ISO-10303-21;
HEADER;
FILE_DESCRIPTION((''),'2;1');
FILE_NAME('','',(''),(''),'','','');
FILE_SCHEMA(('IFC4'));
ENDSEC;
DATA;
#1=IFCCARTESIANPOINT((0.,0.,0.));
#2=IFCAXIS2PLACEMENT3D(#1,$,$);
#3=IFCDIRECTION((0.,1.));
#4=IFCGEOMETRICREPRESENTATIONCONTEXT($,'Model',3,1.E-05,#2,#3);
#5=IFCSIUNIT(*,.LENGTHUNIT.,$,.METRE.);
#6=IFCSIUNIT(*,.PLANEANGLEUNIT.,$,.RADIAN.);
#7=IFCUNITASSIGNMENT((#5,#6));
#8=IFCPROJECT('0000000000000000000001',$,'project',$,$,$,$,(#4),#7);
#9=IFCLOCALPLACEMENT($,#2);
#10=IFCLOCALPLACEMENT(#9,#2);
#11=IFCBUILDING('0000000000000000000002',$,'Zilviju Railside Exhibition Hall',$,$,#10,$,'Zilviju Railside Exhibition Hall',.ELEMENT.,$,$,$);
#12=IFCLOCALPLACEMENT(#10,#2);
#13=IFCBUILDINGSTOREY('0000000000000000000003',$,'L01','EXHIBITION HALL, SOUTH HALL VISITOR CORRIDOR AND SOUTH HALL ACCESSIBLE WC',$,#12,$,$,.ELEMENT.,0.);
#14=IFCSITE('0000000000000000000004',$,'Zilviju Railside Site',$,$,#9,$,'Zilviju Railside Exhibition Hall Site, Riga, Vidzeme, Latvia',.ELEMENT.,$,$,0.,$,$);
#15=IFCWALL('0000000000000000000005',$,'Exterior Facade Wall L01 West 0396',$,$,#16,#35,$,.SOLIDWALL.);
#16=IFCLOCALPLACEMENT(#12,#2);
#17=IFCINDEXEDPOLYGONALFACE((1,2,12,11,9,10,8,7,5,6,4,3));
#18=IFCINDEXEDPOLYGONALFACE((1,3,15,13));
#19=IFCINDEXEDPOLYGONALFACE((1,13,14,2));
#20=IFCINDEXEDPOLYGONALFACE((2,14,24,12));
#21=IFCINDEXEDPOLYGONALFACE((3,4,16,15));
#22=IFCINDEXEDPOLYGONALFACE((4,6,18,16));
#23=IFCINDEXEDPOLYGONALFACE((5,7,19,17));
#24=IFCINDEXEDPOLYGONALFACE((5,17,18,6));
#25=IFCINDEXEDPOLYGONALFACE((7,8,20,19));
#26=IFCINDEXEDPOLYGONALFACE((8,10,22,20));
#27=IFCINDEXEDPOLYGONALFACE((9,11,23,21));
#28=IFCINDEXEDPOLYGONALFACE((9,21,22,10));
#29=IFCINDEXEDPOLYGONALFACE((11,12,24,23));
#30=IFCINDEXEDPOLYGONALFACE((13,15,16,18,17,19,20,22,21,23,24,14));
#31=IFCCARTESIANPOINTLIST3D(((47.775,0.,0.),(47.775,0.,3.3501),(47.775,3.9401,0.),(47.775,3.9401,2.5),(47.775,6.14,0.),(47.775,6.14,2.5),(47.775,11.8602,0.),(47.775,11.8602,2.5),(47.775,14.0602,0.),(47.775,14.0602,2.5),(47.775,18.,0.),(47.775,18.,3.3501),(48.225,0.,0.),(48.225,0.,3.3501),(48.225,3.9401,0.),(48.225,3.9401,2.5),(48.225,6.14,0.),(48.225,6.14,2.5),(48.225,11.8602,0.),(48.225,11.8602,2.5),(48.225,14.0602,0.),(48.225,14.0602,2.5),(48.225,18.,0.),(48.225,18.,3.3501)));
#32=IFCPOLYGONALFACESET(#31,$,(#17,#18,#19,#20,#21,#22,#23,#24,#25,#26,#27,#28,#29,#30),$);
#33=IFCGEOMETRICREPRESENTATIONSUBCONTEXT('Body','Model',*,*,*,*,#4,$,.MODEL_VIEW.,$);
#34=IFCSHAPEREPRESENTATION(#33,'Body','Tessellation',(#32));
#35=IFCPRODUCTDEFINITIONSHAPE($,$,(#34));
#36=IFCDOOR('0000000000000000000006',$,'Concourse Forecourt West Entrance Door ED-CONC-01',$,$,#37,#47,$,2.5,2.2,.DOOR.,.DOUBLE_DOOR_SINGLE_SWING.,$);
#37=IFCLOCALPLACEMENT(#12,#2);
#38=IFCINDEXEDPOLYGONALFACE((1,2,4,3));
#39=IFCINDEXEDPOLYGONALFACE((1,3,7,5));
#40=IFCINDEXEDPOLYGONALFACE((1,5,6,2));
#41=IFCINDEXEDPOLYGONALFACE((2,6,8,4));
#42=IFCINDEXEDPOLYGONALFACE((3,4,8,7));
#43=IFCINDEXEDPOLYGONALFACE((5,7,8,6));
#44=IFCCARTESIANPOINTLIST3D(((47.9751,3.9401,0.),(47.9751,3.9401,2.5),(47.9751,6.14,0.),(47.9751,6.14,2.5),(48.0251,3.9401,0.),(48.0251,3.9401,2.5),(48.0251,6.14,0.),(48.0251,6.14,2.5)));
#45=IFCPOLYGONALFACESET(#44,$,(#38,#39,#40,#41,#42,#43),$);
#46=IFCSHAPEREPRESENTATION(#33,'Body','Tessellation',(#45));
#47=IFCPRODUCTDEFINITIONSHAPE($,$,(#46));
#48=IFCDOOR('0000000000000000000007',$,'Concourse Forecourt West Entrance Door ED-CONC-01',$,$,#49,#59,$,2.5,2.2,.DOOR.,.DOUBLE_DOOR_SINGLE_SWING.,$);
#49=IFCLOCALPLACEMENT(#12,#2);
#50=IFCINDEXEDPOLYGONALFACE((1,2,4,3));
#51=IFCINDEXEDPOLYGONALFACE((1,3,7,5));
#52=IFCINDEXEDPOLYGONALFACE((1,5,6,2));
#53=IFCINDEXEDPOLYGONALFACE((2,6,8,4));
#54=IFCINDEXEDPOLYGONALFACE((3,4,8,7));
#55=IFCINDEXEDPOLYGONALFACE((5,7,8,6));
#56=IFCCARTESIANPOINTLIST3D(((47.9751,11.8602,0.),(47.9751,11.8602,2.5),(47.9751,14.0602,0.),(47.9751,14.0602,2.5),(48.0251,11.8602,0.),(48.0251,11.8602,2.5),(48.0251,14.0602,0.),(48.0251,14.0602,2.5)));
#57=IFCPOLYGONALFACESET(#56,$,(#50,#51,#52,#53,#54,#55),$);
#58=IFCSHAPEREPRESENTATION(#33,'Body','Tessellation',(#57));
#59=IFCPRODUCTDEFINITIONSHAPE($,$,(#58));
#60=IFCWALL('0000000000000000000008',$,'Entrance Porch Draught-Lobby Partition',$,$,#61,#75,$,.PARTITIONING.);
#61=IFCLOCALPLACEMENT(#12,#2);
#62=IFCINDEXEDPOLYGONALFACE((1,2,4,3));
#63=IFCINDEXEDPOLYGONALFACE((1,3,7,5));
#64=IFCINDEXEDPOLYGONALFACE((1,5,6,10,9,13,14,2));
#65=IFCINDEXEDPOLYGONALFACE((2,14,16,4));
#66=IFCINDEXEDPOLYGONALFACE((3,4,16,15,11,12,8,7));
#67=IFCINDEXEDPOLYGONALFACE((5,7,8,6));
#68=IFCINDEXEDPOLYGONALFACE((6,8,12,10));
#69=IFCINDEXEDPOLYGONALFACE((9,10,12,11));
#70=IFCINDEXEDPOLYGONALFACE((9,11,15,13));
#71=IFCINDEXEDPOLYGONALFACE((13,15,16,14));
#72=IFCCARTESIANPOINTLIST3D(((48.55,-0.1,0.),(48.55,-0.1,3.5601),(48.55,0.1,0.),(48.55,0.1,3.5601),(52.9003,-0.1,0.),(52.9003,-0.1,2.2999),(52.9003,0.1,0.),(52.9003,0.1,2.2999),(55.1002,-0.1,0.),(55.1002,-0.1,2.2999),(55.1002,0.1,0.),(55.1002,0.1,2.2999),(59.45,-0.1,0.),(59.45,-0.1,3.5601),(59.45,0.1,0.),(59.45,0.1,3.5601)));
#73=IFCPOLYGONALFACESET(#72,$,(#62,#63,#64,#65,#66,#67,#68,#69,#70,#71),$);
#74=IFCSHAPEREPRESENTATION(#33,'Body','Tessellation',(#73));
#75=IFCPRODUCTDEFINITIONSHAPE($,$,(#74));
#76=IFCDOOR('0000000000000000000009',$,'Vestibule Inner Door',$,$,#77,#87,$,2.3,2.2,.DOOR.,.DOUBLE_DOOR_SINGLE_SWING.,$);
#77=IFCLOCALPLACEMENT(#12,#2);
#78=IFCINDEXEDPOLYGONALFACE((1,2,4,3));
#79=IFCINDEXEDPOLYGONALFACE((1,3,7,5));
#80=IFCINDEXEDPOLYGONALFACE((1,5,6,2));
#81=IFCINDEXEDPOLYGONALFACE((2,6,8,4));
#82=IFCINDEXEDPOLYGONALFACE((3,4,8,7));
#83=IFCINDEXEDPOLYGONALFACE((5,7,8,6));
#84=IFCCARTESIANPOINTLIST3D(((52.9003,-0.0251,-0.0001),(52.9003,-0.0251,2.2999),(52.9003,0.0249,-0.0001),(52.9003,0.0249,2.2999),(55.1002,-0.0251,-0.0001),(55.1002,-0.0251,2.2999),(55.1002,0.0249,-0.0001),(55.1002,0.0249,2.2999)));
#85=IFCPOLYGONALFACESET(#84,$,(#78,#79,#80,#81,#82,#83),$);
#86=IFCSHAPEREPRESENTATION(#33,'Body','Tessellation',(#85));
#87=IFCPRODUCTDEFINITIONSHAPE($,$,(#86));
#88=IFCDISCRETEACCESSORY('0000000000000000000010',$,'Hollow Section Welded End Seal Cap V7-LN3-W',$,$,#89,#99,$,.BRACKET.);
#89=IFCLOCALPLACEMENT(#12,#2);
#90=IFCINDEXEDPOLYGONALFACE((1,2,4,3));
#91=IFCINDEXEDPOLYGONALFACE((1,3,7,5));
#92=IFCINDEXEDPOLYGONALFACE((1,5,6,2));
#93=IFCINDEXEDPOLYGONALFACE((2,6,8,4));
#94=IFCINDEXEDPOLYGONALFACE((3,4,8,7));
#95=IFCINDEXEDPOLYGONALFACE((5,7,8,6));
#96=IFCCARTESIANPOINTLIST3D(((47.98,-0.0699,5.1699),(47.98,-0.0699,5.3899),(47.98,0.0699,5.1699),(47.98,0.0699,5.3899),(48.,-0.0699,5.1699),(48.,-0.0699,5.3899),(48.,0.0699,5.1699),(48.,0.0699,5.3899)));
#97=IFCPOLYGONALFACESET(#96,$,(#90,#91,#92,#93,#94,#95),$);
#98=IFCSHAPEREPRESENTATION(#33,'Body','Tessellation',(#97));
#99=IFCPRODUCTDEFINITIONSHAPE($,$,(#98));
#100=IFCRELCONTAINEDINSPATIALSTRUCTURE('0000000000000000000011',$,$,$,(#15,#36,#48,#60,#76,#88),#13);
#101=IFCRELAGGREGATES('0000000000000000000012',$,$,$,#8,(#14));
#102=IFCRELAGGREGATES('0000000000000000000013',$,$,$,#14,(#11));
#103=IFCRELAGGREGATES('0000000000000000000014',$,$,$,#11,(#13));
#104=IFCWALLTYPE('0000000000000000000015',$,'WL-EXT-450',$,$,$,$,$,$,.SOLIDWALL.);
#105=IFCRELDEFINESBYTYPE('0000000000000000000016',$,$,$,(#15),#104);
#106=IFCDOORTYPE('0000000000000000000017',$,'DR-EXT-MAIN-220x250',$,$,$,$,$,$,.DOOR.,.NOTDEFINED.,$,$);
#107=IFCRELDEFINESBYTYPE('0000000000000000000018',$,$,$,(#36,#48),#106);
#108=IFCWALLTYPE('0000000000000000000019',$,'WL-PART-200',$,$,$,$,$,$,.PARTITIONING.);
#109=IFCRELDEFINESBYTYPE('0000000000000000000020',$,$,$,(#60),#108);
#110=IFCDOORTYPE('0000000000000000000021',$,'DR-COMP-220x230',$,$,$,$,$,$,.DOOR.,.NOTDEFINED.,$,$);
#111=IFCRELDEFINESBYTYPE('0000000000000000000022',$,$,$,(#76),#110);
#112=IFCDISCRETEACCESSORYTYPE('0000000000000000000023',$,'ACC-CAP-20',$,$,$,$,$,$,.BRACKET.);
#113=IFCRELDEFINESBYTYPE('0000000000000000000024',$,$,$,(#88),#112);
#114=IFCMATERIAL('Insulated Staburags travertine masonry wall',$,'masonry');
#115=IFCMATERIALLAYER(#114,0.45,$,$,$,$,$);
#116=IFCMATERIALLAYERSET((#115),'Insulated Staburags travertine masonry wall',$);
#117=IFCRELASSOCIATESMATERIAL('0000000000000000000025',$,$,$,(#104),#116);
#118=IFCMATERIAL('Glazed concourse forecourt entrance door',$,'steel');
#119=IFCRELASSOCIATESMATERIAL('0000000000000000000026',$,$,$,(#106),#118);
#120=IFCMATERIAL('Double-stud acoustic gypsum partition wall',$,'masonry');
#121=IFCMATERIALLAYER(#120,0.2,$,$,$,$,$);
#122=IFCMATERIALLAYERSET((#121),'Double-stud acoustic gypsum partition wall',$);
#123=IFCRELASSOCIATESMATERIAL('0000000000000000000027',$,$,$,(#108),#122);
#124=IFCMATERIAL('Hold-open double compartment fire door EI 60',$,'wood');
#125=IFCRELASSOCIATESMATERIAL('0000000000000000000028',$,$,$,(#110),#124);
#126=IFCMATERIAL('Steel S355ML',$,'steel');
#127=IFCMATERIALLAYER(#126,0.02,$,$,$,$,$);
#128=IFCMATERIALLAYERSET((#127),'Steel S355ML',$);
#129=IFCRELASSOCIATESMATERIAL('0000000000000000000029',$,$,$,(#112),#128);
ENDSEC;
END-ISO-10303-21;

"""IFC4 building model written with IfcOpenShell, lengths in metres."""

from ifc_helpers import new_model, si_unit, direction, frame, frame_2d, origin, origin_2d, place, context, subcontext, project, spatial, rectangle, extrude, material, layer, layer_set, type_object, element, fill, save


model = new_model("IFC4")

# Units and contexts
model_context = context("Model", 3, precision=1e-05, world=origin(), true_north=direction((0.0, 1.0)))
body_context = subcontext(model_context, "Body", "Model", "MODEL_VIEW")
ifc_project = project(units=[si_unit("LENGTHUNIT", "METRE"), si_unit("PLANEANGLEUNIT", "RADIAN")], contexts=[model_context])

# Site, building, storey
site_placement = place(None, origin())
site = spatial("IfcSite", under=ifc_project, at=site_placement, Name="Zilviju Railside Site", LongName="Zilviju Railside Exhibition Hall Site, Riga, Vidzeme, Latvia", CompositionType="ELEMENT", RefElevation=0.0)
building_placement = place(site_placement, origin())
building = spatial("IfcBuilding", under=site, at=building_placement, Name="Zilviju Railside Exhibition Hall", LongName="Zilviju Railside Exhibition Hall", CompositionType="ELEMENT")
storey_placement = place(building_placement, origin())
storey = spatial("IfcBuildingStorey", under=building, at=storey_placement, Name="L01", Description="EXHIBITION HALL, SOUTH HALL VISITOR CORRIDOR AND SOUTH HALL ACCESSIBLE WC", CompositionType="ELEMENT", Elevation=0.0)

# Shared definitions
ifc_material_1 = material(Name="Steel S355ML", Category="steel")

# Wall, openings, doors
ifc_material_2 = material(Name="Insulated Staburags travertine masonry wall", Category="masonry")
ifc_layer_1 = layer(ifc_material_2, 0.45)
ifc_layer_set_1 = layer_set([ifc_layer_1], Name="Insulated Staburags travertine masonry wall")
wall_type_1 = type_object("IfcWallType", Name="WL-EXT-450", PredefinedType="SOLIDWALL", material=ifc_layer_set_1)
wall_1_placement = place(storey_placement, frame((48.0, 0.0, 0.0), z_axis=(0.0, 0.0, 1.0), x_axis=(0.0, 1.0, 0.0)))
wall_1 = element("IfcWall", 1, at=wall_1_placement, inside=storey, type_object=wall_type_1, Name="Exterior Facade Wall L01 West 0396", PredefinedType="SOLIDWALL", context=body_context, shape_type="SweptSolid", body=[
    extrude(rectangle(XDim=18.0, YDim=0.45, at=frame_2d((9.0, 0.0))), origin(), (0.0, 0.0, 1.0), 3.3501),
])
opening_1_placement = place(wall_1_placement, frame((3.9399, 0.0, 0.0)))
opening_1 = element("IfcOpeningElement", 2, at=opening_1_placement, cuts=wall_1, PredefinedType="OPENING", context=body_context, shape_type="SweptSolid", body=[
    extrude(rectangle(XDim=2.2, YDim=2.5, at=frame_2d((1.1001, 1.25))), frame((0.0, 0.2349, 0.0), z_axis=(0.0, -1.0, 0.0), x_axis=(1.0, 0.0, 0.0)), (0.0, 0.0, 1.0), 0.47),
])
opening_2_placement = place(wall_1_placement, frame((11.8601, 0.0, 0.0)))
opening_2 = element("IfcOpeningElement", 3, at=opening_2_placement, cuts=wall_1, PredefinedType="OPENING", context=body_context, shape_type="SweptSolid", body=[
    extrude(rectangle(XDim=2.2, YDim=2.5, at=frame_2d((1.1001, 1.25))), frame((0.0, 0.2349, 0.0), z_axis=(0.0, -1.0, 0.0), x_axis=(1.0, 0.0, 0.0)), (0.0, 0.0, 1.0), 0.47),
])
ifc_material_3 = material(Name="Glazed concourse forecourt entrance door", Category="steel")
door_type_1 = type_object("IfcDoorType", Name="DR-EXT-MAIN-220x250", OperationType="NOTDEFINED", PredefinedType="DOOR", material=ifc_material_3)
door_1_placement = place(opening_1_placement, origin())
door_1 = element("IfcDoor", 4, at=door_1_placement, inside=storey, type_object=door_type_1, Name="Concourse Forecourt West Entrance Door ED-CONC-01", OperationType="DOUBLE_DOOR_SINGLE_SWING", OverallHeight=2.5, OverallWidth=2.2, PredefinedType="DOOR", context=body_context, shape_type="SweptSolid", body=[
    extrude(rectangle(XDim=2.2, YDim=2.5, at=frame_2d((1.1001, 1.25))), frame((0.0, 0.0249, 0.0), z_axis=(0.0, -1.0, 0.0), x_axis=(1.0, 0.0, 0.0)), (0.0, 0.0, 1.0), 0.05),
])
fill(opening_1, door_1)
door_2_placement = place(opening_2_placement, origin())
door_2 = element("IfcDoor", 5, at=door_2_placement, inside=storey, type_object=door_type_1, Name="Concourse Forecourt West Entrance Door ED-CONC-01", OperationType="DOUBLE_DOOR_SINGLE_SWING", OverallHeight=2.5, OverallWidth=2.2, PredefinedType="DOOR", context=body_context, shape_type="SweptSolid", body=[
    extrude(rectangle(XDim=2.2, YDim=2.5, at=frame_2d((1.1001, 1.25))), frame((0.0, 0.0249, 0.0), z_axis=(0.0, -1.0, 0.0), x_axis=(1.0, 0.0, 0.0)), (0.0, 0.0, 1.0), 0.05),
])
fill(opening_2, door_2)

# Wall, opening, door
ifc_material_4 = material(Name="Double-stud acoustic gypsum partition wall", Category="masonry")
ifc_layer_2 = layer(ifc_material_4, 0.2)
ifc_layer_set_2 = layer_set([ifc_layer_2], Name="Double-stud acoustic gypsum partition wall")
wall_type_2 = type_object("IfcWallType", Name="WL-PART-200", PredefinedType="PARTITIONING", material=ifc_layer_set_2)
wall_2_placement = place(storey_placement, frame((48.55, 0.0, 0.0), z_axis=(0.0, 0.0, 1.0), x_axis=(1.0, 0.0, 0.0)))
wall_2 = element("IfcWall", 6, at=wall_2_placement, inside=storey, type_object=wall_type_2, Name="Entrance Porch Draught-Lobby Partition", PredefinedType="PARTITIONING", context=body_context, shape_type="SweptSolid", body=[
    extrude(rectangle(XDim=10.8999, YDim=0.2, at=frame_2d((5.45, 0.0))), origin(), (0.0, 0.0, 1.0), 3.5601),
])
opening_3_placement = place(wall_2_placement, frame((4.3501, 0.0, 0.0)))
opening_3 = element("IfcOpeningElement", 7, at=opening_3_placement, cuts=wall_2, PredefinedType="OPENING", context=body_context, shape_type="SweptSolid", body=[
    extrude(rectangle(XDim=2.2, YDim=2.3, at=frame_2d((1.1001, 1.1499))), frame((0.0, 0.1099, 0.0), z_axis=(0.0, -1.0, 0.0), x_axis=(1.0, 0.0, 0.0)), (0.0, 0.0, 1.0), 0.22),
])
ifc_material_5 = material(Name="Hold-open double compartment fire door EI 60", Category="wood")
door_type_2 = type_object("IfcDoorType", Name="DR-COMP-220x230", OperationType="NOTDEFINED", PredefinedType="DOOR", material=ifc_material_5)
door_3_placement = place(opening_3_placement, origin())
door_3 = element("IfcDoor", 8, at=door_3_placement, inside=storey, type_object=door_type_2, Name="Vestibule Inner Door", OperationType="DOUBLE_DOOR_SINGLE_SWING", OverallHeight=2.3, OverallWidth=2.2, PredefinedType="DOOR", context=body_context, shape_type="SweptSolid", body=[
    extrude(rectangle(XDim=2.2, YDim=2.3, at=frame_2d((1.1001, 1.1499))), frame((0.0, 0.0249, 0.0), z_axis=(0.0, -1.0, 0.0), x_axis=(1.0, 0.0, 0.0)), (0.0, 0.0, 1.0), 0.05),
])
fill(opening_3, door_3)

# Discrete accessory
ifc_layer_3 = layer(ifc_material_1, 0.02)
ifc_layer_set_3 = layer_set([ifc_layer_3], Name="Steel S355ML")
discrete_accessory_type = type_object("IfcDiscreteAccessoryType", Name="ACC-CAP-20", PredefinedType="BRACKET", material=ifc_layer_set_3)
discrete_accessory_placement = place(storey_placement, frame((47.99, 0.0, 5.1699), z_axis=(0.0, 0.0, 1.0), x_axis=(1.0, 0.0, 0.0)))
element("IfcDiscreteAccessory", 9, at=discrete_accessory_placement, inside=storey, type_object=discrete_accessory_type, Name="Hollow Section Welded End Seal Cap V7-LN3-W", PredefinedType="BRACKET", context=body_context, shape_type="SweptSolid", body=[
    extrude(rectangle(XDim=0.02, YDim=0.1399, at=origin_2d()), origin(), (0.0, 0.0, 1.0), 0.22),
])

save(model, "model.ifc")
